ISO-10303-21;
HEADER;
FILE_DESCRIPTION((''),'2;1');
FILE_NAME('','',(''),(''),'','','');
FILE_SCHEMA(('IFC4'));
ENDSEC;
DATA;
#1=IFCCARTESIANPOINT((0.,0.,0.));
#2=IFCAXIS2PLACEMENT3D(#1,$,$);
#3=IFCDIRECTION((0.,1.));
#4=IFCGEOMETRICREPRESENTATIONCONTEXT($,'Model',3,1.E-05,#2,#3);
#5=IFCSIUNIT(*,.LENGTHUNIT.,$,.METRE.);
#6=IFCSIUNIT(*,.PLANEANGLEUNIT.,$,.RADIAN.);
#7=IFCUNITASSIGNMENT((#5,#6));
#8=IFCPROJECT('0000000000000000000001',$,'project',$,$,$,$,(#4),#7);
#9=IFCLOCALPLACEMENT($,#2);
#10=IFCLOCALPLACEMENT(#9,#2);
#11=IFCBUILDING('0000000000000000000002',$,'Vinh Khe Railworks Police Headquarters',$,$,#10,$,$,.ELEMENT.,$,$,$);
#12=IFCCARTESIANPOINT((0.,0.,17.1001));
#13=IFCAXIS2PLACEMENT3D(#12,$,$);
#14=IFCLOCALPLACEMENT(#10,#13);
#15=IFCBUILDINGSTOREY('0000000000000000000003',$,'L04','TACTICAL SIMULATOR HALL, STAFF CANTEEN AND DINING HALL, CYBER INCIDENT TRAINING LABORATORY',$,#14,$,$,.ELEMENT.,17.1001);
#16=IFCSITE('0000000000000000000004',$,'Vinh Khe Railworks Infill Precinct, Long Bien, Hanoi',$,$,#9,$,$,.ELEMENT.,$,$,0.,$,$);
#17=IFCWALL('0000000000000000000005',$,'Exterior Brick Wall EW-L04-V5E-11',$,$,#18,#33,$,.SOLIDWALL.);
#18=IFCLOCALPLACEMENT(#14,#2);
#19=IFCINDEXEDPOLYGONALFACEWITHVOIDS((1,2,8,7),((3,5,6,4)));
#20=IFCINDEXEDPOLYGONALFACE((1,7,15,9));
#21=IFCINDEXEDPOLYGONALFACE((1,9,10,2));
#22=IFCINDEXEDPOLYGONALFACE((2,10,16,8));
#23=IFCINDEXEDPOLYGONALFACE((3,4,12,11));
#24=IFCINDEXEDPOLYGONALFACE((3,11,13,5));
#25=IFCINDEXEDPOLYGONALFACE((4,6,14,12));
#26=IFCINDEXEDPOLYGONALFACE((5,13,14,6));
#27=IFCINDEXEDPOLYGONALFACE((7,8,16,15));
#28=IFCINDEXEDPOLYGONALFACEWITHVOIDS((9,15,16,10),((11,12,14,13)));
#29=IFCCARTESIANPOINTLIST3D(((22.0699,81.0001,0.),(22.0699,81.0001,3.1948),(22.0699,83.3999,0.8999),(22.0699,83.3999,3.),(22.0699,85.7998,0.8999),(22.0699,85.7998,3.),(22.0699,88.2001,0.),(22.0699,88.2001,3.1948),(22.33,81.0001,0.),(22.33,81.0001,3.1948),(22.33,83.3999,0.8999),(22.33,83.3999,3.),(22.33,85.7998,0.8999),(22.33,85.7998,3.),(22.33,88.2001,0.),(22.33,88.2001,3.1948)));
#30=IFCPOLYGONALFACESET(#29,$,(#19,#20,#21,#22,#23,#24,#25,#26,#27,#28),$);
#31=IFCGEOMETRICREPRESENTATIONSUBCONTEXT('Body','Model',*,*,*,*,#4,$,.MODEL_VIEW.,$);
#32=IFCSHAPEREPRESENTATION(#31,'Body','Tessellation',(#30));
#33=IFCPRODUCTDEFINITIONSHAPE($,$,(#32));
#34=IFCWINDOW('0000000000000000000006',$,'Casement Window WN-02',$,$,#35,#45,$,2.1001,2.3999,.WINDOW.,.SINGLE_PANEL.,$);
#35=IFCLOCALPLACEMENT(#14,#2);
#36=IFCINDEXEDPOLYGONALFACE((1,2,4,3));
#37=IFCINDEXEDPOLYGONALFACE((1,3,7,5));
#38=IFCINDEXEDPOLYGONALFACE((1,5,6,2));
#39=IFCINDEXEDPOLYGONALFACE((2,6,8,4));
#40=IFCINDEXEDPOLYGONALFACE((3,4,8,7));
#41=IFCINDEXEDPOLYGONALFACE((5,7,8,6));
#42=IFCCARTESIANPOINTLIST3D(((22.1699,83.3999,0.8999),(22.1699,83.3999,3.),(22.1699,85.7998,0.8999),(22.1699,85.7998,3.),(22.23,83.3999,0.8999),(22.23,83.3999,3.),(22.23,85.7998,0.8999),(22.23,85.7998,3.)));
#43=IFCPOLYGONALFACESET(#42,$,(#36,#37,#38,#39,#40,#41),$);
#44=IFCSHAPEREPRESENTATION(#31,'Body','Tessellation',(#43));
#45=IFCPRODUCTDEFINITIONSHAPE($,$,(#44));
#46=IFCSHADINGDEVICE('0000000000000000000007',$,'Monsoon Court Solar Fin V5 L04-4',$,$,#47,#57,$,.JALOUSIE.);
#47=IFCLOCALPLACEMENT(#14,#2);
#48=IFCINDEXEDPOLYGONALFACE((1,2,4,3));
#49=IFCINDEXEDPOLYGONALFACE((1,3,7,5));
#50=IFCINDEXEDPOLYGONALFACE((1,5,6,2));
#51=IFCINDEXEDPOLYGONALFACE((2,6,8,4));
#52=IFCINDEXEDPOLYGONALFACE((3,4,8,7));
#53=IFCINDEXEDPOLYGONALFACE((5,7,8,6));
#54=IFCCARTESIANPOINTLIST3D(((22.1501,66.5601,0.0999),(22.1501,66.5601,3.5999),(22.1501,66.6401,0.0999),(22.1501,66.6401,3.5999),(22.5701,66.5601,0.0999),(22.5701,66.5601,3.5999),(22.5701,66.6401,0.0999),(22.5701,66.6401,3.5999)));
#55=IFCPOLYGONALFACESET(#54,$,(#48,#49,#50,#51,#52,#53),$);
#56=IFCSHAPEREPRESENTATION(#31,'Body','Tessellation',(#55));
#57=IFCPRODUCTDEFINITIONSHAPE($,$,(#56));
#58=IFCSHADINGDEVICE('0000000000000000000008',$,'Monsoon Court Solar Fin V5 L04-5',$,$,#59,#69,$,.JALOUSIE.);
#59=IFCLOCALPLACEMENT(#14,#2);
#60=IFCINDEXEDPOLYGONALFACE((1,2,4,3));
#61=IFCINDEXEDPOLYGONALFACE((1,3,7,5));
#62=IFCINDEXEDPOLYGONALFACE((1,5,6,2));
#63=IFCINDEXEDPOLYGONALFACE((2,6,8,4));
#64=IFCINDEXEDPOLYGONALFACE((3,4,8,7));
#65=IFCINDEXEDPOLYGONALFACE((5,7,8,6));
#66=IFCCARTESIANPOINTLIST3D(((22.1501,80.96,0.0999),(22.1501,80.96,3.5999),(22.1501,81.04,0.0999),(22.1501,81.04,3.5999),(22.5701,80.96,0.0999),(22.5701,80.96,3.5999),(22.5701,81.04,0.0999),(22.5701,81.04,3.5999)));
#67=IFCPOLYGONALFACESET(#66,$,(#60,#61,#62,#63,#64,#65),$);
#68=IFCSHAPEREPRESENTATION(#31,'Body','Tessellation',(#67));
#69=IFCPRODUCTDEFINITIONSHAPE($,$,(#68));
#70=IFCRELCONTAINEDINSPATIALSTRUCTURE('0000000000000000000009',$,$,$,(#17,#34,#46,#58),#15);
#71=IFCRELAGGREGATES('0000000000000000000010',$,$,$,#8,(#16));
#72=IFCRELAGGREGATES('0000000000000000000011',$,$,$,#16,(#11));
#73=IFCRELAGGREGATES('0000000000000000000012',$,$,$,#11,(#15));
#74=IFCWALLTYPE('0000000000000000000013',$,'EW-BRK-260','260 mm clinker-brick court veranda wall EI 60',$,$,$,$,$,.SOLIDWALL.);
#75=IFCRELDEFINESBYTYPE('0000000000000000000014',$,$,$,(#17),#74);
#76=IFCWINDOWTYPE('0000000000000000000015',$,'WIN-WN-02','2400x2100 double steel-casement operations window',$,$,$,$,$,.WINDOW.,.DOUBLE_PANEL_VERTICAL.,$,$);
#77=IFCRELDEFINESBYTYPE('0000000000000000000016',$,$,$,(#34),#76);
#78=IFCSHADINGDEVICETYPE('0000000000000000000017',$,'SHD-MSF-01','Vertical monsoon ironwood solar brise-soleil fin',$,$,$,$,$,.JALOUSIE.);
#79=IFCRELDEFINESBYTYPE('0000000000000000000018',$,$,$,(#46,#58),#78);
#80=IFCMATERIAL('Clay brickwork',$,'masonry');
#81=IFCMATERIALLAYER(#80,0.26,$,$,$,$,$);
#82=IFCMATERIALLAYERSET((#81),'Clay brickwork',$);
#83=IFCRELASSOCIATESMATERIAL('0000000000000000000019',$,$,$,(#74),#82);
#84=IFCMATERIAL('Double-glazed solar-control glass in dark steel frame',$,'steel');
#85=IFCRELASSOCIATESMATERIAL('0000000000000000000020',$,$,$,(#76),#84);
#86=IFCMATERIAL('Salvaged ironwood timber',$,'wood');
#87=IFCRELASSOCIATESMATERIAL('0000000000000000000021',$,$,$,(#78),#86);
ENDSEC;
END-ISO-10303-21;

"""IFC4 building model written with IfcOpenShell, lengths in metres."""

from ifc_helpers import new_model, si_unit, direction, frame, frame_2d, origin, origin_2d, place, context, subcontext, project, spatial, rectangle, extrude, material, layer, layer_set, type_object, element, fill, save


model = new_model("IFC4")

# Units and contexts
model_context = context("Model", 3, precision=1e-05, world=origin(), true_north=direction((0.0, 1.0)))
body_context = subcontext(model_context, "Body", "Model", "MODEL_VIEW")
ifc_project = project(units=[si_unit("LENGTHUNIT", "METRE"), si_unit("PLANEANGLEUNIT", "RADIAN")], contexts=[model_context])

# Site, building, storey
site_placement = place(None, origin())
site = spatial("IfcSite", under=ifc_project, at=site_placement, Name="Vinh Khe Railworks Infill Precinct, Long Bien, Hanoi", CompositionType="ELEMENT", RefElevation=0.0)
building_placement = place(site_placement, origin())
building = spatial("IfcBuilding", under=site, at=building_placement, Name="Vinh Khe Railworks Police Headquarters", CompositionType="ELEMENT")
storey_placement = place(building_placement, frame((0.0, 0.0, 17.1001)))
storey = spatial("IfcBuildingStorey", under=building, at=storey_placement, Name="L04", Description="TACTICAL SIMULATOR HALL, STAFF CANTEEN AND DINING HALL, CYBER INCIDENT TRAINING LABORATORY", CompositionType="ELEMENT", Elevation=17.1001)

# Wall, opening, window
ifc_material_1 = material(Name="Clay brickwork", Category="masonry")
ifc_layer = layer(ifc_material_1, 0.26)
ifc_layer_set = layer_set([ifc_layer], Name="Clay brickwork")
wall_type = type_object("IfcWallType", Name="EW-BRK-260", Description="260 mm clinker-brick court veranda wall EI 60", PredefinedType="SOLIDWALL", material=ifc_layer_set)
wall_placement = place(storey_placement, frame((22.2, 81.0, 0.0), z_axis=(0.0, 0.0, 1.0), x_axis=(0.0, 1.0, 0.0)))
wall = element("IfcWall", 1, at=wall_placement, inside=storey, type_object=wall_type, Name="Exterior Brick Wall EW-L04-V5E-11", PredefinedType="SOLIDWALL", context=body_context, shape_type="SweptSolid", body=[
    extrude(rectangle(XDim=7.2, YDim=0.26, at=frame_2d((3.6001, 0.0))), origin(), (0.0, 0.0, 1.0), 3.1948),
])
opening_placement = place(wall_placement, frame((2.3999, 0.0, 0.8999)))
opening = element("IfcOpeningElement", 2, at=opening_placement, cuts=wall, PredefinedType="OPENING", context=body_context, shape_type="SweptSolid", body=[
    extrude(rectangle(XDim=2.3999, YDim=2.1001, at=frame_2d((1.2, 1.05))), frame((0.0, 0.145, 0.0), z_axis=(0.0, -1.0, 0.0), x_axis=(1.0, 0.0, 0.0)), (0.0, 0.0, 1.0), 0.2898),
])
ifc_material_2 = material(Name="Double-glazed solar-control glass in dark steel frame", Category="steel")
window_type = type_object("IfcWindowType", Name="WIN-WN-02", Description="2400x2100 double steel-casement operations window", PartitioningType="DOUBLE_PANEL_VERTICAL", PredefinedType="WINDOW", material=ifc_material_2)
window_placement = place(opening_placement, origin())
window = element("IfcWindow", 3, at=window_placement, inside=storey, type_object=window_type, Name="Casement Window WN-02", OverallHeight=2.1001, OverallWidth=2.3999, PartitioningType="SINGLE_PANEL", PredefinedType="WINDOW", context=body_context, shape_type="SweptSolid", body=[
    extrude(rectangle(XDim=2.3999, YDim=2.1001, at=frame_2d((1.2, 1.05))), frame((0.0, 0.03, 0.0), z_axis=(0.0, -1.0, 0.0), x_axis=(1.0, 0.0, 0.0)), (0.0, 0.0, 1.0), 0.0601),
])
fill(opening, window)

# Shading devices
ifc_material_3 = material(Name="Salvaged ironwood timber", Category="wood")
shading_device_type = type_object("IfcShadingDeviceType", Name="SHD-MSF-01", Description="Vertical monsoon ironwood solar brise-soleil fin", PredefinedType="JALOUSIE", material=ifc_material_3)
for number, where, z_axis, x_axis, name in (
    (4, (22.3601, 66.6001, 0.0999), (0.0, 0.0, 1.0), (1.0, 0.0, 0.0), "Monsoon Court Solar Fin V5 L04-4"),
    (5, (22.3601, 81.0, 0.0999), (0.0, 0.0, 1.0), (1.0, 0.0, 0.0), "Monsoon Court Solar Fin V5 L04-5"),
):
    element("IfcShadingDevice", number, at=place(storey_placement, frame(where, z_axis=z_axis, x_axis=x_axis)), inside=storey, type_object=shading_device_type, Name=name, PredefinedType="JALOUSIE", context=body_context, shape_type="SweptSolid", body=[
        extrude(rectangle(XDim=0.4199, YDim=0.0801, at=origin_2d()), origin(), (0.0, 0.0, 1.0), 3.5),
    ])

save(model, "model.ifc")
